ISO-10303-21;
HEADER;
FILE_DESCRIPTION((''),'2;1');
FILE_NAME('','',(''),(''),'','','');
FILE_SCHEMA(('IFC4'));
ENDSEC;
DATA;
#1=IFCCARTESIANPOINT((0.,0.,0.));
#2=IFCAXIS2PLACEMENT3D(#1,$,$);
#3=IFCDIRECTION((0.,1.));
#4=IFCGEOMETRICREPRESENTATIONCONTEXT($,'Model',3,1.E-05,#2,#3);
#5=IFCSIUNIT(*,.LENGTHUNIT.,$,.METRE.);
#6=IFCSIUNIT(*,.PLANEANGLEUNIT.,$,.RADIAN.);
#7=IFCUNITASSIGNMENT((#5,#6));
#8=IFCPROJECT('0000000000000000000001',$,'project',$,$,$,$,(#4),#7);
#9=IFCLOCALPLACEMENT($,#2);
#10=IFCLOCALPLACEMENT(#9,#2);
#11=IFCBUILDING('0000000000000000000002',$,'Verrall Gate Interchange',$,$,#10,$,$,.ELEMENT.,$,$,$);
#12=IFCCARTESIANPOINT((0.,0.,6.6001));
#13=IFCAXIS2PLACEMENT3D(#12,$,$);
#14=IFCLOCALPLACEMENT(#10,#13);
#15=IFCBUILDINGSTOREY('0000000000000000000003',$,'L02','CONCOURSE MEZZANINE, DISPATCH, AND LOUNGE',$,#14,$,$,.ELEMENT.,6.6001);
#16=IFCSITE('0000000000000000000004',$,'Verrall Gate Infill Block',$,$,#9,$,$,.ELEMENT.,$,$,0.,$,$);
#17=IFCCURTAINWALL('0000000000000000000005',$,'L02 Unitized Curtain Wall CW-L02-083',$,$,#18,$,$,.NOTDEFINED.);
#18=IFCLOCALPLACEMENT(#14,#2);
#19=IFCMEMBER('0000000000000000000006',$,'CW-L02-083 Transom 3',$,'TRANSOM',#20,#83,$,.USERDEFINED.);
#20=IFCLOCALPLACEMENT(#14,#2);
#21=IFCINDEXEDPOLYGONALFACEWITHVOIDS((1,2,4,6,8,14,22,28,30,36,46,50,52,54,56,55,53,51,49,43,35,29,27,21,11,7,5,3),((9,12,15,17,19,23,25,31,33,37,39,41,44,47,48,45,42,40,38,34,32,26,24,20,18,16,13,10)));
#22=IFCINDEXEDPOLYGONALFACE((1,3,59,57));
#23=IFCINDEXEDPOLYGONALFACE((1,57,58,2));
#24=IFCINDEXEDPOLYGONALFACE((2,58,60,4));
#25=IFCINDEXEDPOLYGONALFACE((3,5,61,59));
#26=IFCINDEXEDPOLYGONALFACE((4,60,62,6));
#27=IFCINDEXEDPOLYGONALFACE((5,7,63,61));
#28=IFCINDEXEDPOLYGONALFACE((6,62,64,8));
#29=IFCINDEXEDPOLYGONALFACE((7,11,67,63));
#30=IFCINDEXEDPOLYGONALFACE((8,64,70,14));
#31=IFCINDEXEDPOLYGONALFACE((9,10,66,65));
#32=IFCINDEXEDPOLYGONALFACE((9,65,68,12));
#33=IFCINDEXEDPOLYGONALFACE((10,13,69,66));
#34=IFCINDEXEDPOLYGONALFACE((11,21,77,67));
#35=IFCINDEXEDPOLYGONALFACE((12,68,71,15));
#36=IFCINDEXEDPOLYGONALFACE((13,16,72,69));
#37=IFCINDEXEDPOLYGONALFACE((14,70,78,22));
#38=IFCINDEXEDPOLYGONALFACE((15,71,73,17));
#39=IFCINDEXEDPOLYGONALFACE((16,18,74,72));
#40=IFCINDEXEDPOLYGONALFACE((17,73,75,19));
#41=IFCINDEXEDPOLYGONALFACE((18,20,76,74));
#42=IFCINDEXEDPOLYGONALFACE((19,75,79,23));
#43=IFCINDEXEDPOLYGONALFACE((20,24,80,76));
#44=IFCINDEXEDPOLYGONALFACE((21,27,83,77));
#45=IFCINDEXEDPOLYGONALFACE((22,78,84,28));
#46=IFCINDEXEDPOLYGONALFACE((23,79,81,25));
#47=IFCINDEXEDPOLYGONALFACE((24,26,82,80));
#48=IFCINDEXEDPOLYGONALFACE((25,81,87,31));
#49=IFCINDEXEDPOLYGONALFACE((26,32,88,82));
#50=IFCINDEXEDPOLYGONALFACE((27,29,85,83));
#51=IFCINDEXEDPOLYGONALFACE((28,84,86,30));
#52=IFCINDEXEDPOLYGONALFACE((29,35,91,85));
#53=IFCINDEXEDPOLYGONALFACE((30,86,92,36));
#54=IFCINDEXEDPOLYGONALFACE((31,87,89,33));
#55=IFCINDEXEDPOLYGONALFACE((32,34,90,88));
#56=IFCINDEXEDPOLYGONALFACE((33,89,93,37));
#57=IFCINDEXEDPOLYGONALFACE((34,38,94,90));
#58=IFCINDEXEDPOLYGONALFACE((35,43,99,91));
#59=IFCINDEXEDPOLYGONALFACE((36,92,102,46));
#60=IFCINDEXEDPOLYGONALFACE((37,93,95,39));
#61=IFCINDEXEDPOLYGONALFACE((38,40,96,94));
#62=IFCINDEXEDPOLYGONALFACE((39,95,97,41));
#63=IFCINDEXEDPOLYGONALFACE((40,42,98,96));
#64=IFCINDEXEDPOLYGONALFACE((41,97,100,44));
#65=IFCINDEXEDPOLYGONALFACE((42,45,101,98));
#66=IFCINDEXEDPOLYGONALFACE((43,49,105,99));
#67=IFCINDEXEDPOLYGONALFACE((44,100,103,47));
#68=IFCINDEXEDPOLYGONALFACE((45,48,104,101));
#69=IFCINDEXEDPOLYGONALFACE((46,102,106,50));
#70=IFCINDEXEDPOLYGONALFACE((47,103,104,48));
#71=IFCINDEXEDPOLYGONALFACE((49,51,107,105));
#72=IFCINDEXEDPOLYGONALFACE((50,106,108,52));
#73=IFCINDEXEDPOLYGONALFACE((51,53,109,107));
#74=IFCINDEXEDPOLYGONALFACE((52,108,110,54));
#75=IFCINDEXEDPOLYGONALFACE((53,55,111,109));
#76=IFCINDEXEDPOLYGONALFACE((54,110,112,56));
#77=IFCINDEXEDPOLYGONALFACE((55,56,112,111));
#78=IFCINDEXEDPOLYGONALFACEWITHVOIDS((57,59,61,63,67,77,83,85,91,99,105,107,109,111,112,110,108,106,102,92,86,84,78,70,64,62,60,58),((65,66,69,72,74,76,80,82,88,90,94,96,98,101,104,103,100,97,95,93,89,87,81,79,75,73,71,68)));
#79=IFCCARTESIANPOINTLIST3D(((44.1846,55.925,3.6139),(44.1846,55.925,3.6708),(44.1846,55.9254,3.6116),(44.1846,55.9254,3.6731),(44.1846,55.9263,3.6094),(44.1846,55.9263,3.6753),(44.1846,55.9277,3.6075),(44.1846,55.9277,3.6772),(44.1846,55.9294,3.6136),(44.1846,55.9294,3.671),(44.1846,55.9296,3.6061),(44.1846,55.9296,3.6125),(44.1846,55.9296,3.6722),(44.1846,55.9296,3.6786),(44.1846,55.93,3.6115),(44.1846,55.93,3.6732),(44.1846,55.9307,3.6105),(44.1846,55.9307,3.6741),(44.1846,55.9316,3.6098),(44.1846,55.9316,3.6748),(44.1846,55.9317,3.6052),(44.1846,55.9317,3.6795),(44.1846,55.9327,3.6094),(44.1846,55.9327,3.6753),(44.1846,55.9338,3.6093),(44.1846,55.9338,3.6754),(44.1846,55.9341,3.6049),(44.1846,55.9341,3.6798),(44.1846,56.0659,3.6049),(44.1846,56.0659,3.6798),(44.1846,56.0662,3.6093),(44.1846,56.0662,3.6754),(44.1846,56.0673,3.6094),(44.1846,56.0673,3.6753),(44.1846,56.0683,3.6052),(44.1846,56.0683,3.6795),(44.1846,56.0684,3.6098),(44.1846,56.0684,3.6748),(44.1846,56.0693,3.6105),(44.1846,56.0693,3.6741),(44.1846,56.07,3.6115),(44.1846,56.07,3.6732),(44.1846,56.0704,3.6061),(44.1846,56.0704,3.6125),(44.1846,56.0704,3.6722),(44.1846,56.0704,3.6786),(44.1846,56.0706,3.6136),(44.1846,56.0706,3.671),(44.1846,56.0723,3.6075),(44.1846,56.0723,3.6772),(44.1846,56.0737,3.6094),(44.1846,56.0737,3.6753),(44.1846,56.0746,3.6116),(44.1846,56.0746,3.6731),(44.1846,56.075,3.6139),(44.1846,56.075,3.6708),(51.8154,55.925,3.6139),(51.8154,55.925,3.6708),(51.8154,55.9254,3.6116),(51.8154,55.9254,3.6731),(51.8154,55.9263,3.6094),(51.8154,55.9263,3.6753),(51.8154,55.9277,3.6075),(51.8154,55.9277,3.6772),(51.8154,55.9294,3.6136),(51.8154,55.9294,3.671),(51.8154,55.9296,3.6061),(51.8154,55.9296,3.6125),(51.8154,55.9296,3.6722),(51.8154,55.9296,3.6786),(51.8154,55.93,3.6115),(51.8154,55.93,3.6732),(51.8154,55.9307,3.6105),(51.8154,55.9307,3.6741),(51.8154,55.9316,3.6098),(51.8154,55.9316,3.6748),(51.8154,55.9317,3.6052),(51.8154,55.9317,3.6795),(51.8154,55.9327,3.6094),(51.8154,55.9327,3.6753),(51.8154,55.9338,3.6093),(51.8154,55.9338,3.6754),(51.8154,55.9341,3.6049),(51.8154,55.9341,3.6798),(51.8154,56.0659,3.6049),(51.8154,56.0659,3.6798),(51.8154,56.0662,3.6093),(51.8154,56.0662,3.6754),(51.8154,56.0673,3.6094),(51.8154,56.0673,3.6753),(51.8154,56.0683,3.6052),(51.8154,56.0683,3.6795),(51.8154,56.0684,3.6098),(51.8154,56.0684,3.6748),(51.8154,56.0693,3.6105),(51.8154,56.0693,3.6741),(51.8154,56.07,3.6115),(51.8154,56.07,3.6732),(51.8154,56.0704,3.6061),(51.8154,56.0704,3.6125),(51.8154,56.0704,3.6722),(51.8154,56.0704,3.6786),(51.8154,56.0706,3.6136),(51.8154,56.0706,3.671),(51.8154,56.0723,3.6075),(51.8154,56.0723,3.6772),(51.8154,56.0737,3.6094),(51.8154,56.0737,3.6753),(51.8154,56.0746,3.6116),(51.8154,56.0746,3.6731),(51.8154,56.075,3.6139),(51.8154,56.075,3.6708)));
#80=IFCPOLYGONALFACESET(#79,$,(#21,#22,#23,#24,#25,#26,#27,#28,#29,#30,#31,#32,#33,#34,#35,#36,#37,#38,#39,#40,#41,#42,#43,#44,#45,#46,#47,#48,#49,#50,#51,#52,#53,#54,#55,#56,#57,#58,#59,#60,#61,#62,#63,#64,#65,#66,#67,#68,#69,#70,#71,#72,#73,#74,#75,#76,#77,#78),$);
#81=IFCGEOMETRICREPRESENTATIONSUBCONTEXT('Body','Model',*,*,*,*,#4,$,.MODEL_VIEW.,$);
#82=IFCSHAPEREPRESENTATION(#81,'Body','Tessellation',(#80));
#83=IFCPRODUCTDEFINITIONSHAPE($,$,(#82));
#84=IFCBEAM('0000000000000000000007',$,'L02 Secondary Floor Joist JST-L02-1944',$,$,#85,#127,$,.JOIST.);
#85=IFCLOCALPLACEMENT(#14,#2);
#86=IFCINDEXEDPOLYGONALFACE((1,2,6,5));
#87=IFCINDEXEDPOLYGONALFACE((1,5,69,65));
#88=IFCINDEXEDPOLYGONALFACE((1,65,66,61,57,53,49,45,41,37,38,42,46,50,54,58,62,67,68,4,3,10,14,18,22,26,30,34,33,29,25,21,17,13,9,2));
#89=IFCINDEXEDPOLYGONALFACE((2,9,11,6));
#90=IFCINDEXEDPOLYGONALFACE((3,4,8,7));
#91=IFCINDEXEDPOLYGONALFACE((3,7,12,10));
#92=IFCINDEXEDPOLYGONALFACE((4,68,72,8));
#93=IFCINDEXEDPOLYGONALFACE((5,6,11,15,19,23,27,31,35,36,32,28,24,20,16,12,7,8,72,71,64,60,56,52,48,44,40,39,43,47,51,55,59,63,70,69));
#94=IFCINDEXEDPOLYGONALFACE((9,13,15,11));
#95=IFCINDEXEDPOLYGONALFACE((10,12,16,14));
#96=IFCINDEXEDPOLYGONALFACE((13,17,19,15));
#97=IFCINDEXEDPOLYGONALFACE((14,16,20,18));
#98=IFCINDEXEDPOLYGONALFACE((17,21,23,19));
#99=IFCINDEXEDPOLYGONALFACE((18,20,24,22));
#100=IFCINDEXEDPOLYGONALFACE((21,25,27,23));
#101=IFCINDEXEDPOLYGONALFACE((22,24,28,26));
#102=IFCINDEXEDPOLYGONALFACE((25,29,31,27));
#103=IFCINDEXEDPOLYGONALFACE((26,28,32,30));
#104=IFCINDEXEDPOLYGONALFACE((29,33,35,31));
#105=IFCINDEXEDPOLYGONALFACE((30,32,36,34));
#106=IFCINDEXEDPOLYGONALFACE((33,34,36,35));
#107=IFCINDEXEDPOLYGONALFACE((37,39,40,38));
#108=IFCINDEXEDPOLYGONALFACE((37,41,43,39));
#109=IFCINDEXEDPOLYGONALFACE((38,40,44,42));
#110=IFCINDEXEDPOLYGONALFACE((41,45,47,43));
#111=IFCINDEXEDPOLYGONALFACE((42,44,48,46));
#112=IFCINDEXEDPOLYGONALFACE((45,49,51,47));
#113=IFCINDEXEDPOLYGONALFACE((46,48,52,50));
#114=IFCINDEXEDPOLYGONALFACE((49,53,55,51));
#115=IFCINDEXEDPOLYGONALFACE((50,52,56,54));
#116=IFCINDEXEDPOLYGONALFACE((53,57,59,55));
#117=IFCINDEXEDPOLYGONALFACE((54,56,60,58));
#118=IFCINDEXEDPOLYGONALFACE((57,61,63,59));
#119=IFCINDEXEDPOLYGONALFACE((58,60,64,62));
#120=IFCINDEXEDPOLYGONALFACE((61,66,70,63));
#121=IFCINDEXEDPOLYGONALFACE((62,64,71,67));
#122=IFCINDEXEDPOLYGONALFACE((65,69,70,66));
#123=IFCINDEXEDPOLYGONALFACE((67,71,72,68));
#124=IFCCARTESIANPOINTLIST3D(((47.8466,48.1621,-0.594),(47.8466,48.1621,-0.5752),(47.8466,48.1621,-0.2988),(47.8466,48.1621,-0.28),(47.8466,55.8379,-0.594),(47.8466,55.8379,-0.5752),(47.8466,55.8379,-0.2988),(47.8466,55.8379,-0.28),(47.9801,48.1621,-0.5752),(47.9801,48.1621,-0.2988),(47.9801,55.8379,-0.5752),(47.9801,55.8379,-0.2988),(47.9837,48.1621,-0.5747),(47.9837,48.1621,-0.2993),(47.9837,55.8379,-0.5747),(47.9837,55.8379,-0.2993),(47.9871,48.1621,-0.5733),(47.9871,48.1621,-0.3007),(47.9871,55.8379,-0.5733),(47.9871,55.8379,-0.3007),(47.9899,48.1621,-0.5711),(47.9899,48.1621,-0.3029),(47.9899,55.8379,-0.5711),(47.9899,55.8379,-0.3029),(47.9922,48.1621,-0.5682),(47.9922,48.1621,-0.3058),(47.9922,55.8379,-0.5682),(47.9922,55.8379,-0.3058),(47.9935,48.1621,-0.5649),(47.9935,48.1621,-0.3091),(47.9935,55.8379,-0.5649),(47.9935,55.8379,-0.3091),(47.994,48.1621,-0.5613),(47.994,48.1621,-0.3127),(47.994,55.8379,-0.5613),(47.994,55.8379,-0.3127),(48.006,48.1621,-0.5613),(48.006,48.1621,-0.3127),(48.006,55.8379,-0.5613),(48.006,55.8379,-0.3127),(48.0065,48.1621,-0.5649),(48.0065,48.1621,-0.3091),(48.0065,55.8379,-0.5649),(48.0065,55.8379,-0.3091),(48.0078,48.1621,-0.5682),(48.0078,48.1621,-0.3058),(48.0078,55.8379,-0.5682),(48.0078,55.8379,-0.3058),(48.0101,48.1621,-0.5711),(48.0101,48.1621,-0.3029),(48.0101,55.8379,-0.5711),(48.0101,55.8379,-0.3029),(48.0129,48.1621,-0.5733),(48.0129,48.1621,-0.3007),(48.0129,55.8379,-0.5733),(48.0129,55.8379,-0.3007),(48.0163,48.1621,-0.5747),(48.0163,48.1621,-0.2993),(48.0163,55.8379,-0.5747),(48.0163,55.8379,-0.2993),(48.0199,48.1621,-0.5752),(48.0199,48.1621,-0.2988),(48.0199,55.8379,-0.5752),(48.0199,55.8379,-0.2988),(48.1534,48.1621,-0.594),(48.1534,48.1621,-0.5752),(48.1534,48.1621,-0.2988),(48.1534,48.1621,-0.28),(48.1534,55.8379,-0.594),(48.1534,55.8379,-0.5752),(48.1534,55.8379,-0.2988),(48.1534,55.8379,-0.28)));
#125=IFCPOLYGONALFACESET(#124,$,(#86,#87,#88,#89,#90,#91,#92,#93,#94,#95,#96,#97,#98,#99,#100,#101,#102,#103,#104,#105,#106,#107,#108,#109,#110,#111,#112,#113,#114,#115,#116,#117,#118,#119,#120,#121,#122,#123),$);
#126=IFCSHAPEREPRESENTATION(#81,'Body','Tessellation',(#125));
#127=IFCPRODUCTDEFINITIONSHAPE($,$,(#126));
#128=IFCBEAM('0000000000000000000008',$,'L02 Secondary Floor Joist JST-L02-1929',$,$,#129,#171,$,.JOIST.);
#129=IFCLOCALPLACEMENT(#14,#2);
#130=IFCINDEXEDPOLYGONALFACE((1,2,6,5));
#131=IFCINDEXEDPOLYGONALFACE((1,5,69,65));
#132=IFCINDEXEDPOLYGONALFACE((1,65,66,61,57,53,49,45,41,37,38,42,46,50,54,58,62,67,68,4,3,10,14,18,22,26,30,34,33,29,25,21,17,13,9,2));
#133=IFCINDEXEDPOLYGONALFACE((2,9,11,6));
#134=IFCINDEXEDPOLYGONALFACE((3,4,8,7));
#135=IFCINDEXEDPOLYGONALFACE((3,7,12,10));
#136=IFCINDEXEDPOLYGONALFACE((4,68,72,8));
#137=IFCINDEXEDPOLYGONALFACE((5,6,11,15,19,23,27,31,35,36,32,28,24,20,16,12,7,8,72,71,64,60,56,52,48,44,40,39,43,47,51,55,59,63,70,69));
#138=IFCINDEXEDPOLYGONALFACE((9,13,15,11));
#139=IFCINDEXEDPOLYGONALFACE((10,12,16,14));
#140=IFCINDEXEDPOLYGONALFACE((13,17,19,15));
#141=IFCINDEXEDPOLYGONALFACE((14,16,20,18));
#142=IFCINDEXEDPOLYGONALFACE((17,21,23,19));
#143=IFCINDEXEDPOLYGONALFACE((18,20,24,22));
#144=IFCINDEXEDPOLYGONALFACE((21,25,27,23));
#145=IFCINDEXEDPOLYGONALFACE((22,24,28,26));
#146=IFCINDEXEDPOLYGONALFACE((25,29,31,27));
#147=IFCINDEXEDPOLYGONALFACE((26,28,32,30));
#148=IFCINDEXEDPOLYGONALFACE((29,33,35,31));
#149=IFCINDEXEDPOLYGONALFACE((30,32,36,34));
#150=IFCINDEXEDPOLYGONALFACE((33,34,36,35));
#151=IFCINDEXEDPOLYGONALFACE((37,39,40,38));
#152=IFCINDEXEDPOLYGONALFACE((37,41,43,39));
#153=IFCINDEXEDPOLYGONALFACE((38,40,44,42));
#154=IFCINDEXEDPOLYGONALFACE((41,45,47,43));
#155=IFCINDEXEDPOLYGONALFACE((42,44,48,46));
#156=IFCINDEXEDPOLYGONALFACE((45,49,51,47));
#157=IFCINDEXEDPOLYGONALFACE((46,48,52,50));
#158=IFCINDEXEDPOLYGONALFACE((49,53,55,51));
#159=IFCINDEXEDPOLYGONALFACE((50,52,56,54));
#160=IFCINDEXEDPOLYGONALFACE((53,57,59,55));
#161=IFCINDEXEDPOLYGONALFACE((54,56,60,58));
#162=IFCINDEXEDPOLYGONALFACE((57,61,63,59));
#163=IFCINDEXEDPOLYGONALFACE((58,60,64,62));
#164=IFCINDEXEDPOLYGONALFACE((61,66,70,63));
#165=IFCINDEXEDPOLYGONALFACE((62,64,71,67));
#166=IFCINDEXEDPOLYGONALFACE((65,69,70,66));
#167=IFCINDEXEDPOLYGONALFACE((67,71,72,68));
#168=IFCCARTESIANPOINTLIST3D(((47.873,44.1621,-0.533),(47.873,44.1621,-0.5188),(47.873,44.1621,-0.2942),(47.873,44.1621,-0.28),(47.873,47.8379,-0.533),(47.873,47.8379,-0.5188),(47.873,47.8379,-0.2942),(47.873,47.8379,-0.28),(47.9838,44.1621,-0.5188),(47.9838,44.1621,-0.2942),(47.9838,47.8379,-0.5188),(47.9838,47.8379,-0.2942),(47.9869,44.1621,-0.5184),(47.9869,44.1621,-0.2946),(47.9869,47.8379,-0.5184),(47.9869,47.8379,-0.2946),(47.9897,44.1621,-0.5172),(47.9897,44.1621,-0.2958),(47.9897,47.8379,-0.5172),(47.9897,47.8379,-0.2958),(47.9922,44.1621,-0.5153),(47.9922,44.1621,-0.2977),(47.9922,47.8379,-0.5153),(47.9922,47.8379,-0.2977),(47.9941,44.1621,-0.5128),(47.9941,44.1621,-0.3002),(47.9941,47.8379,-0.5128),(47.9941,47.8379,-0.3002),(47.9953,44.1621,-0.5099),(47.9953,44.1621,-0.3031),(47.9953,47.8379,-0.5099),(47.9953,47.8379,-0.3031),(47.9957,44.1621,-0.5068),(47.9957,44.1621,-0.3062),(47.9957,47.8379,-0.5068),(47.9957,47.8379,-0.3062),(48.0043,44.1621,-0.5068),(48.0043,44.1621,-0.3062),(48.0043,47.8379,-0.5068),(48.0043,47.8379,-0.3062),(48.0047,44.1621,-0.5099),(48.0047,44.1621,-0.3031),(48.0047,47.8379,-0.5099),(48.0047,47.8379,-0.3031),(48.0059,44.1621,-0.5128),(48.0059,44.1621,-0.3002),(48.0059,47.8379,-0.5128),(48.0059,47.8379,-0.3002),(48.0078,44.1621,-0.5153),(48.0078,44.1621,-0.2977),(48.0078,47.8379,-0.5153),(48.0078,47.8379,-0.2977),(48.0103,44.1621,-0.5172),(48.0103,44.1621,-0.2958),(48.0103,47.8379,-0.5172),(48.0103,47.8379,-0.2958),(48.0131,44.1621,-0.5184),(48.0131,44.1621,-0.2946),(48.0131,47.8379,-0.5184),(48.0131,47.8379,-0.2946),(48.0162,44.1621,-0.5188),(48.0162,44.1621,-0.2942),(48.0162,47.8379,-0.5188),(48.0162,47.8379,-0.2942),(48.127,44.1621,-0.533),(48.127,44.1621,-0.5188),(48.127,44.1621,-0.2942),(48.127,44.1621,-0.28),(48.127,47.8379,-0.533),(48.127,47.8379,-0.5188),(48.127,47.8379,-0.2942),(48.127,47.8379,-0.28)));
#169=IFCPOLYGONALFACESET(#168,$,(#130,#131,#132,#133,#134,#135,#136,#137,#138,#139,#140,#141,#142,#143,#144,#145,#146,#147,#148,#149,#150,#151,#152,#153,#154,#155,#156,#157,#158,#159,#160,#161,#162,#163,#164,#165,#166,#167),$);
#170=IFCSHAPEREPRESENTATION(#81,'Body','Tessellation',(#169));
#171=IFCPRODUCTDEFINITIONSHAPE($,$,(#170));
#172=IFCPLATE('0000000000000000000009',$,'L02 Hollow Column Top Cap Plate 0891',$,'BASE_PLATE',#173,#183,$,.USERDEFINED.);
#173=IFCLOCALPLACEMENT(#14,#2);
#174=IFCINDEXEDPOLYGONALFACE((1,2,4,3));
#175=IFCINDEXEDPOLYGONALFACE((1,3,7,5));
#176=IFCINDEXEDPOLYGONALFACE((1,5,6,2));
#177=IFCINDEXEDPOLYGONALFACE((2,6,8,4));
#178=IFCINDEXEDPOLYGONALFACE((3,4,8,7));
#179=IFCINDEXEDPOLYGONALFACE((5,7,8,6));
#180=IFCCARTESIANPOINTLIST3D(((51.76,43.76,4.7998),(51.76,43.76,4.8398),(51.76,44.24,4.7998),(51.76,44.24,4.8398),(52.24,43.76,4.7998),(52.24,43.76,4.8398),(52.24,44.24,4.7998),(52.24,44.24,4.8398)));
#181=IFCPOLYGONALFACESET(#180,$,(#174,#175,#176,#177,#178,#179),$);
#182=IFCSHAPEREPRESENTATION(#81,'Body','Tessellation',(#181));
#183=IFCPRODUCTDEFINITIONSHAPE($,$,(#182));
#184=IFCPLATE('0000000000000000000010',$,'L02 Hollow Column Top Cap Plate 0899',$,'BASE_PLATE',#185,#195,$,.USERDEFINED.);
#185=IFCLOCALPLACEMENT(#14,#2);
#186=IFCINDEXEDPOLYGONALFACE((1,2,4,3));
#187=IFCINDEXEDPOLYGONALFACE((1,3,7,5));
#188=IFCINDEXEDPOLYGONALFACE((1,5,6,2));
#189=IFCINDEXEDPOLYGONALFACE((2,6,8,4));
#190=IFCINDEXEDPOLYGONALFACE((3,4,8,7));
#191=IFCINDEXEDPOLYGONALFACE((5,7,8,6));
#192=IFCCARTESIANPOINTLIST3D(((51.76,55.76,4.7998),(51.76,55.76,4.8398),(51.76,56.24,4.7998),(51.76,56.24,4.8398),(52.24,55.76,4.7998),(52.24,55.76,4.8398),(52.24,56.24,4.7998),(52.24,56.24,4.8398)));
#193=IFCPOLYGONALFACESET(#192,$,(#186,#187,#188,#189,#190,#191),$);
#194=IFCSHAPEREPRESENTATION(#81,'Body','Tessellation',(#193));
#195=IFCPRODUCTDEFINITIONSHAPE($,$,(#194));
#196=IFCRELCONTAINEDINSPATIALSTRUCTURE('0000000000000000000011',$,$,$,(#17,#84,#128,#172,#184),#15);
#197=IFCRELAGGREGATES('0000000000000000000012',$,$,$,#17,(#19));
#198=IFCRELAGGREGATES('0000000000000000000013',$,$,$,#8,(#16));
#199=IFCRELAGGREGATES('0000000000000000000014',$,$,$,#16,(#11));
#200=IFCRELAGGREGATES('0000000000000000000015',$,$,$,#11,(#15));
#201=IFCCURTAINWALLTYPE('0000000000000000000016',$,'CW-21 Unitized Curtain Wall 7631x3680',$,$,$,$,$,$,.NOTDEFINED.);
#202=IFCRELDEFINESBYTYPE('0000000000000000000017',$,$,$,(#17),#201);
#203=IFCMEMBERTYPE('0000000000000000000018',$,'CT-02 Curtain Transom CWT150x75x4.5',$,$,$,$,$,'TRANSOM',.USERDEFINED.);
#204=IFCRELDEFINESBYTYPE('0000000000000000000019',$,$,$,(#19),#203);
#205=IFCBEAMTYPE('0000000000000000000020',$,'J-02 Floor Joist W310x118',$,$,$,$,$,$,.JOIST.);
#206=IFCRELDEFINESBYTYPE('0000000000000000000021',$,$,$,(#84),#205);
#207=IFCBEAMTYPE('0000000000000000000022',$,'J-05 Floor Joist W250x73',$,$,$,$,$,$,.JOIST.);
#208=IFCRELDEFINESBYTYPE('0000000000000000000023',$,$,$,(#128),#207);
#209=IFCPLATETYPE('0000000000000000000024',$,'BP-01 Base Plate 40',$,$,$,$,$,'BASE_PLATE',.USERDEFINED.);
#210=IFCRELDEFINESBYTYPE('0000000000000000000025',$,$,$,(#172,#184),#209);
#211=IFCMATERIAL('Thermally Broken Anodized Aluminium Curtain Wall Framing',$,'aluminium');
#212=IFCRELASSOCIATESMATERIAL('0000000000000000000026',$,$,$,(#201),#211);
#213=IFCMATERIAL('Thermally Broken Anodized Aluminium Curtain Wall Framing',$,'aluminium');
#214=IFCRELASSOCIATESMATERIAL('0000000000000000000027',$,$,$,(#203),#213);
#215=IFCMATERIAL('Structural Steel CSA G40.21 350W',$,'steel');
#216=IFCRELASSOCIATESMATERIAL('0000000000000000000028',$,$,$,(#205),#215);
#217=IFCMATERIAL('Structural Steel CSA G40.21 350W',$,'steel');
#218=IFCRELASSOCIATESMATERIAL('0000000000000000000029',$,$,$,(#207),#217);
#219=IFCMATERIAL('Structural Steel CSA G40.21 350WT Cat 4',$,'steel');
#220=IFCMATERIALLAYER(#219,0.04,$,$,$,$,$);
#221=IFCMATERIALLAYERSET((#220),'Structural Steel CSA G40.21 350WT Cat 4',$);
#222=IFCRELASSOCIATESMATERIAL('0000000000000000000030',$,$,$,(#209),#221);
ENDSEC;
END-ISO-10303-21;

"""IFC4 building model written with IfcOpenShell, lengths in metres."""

from ifc_helpers import new_model, si_unit, direction, frame, origin, origin_2d, place, context, subcontext, project, spatial, rectangle, hollow_rectangle, i_section, extrude, material, layer, layer_set, material_profile, profile_set, type_object, element, aggregate, save


model = new_model("IFC4")

# Units and contexts
model_context = context("Model", 3, precision=1e-05, world=origin(), true_north=direction((0.0, 1.0)))
body_context = subcontext(model_context, "Body", "Model", "MODEL_VIEW")
ifc_project = project(units=[si_unit("LENGTHUNIT", "METRE"), si_unit("PLANEANGLEUNIT", "RADIAN")], contexts=[model_context])

# Site, building, storey
site_placement = place(None, origin())
site = spatial("IfcSite", under=ifc_project, at=site_placement, Name="Verrall Gate Infill Block", CompositionType="ELEMENT", RefElevation=0.0)
building_placement = place(site_placement, origin())
building = spatial("IfcBuilding", under=site, at=building_placement, Name="Verrall Gate Interchange", CompositionType="ELEMENT")
storey_placement = place(building_placement, frame((0.0, 0.0, 6.6001)))
storey = spatial("IfcBuildingStorey", under=building, at=storey_placement, Name="L02", Description="CONCOURSE MEZZANINE, DISPATCH, AND LOUNGE", CompositionType="ELEMENT", Elevation=6.6001)

# Curtain wall, member
ifc_material_1 = material(Name="Thermally Broken Anodized Aluminium Curtain Wall Framing", Category="aluminium")
curtain_wall_type = type_object("IfcCurtainWallType", Name="CW-21 Unitized Curtain Wall 7631x3680", PredefinedType="NOTDEFINED", material=ifc_material_1)
curtain_wall_1_placement = place(storey_placement, origin())
curtain_wall_1 = element("IfcCurtainWall", 1, at=curtain_wall_1_placement, inside=storey, type_object=curtain_wall_type, Name="L02 Unitized Curtain Wall CW-L02-083", PredefinedType="NOTDEFINED")
ifc_material_2 = material(Name="Thermally Broken Anodized Aluminium Curtain Wall Framing", Category="aluminium")
ifc_material_profile_1 = material_profile(ifc_material_2, hollow_rectangle(XDim=0.1499, YDim=0.075, WallThickness=0.0044, InnerFilletRadius=0.0044, OuterFilletRadius=0.009, at=origin_2d()), Name="CWT150x75x4.5")
ifc_profile_set_1 = profile_set([ifc_material_profile_1], Name="Thermally Broken Anodized Aluminium Curtain Wall Framing")
member_type_1 = type_object("IfcMemberType", Name="CT-02 Curtain Transom CWT150x75x4.5", ElementType="TRANSOM", PredefinedType="USERDEFINED", material=ifc_profile_set_1)
member_1_placement = place(storey_placement, frame((51.8154, 56.0, 3.6423), z_axis=(-1.0, 0.0, 0.0), x_axis=(0.0, -1.0, 0.0)))
member_1 = element("IfcMember", 2, at=member_1_placement, type_object=member_type_1, Name="CW-L02-083 Transom 3", ObjectType="TRANSOM", PredefinedType="USERDEFINED", context=body_context, shape_type="SweptSolid", body=[
    extrude(hollow_rectangle(XDim=0.1499, YDim=0.075, WallThickness=0.0044, InnerFilletRadius=0.0044, OuterFilletRadius=0.009, at=origin_2d()), origin(), (0.0, 0.0, 1.0), 7.6309),
])

# Beams
ifc_material_3 = material(Name="Structural Steel CSA G40.21 350W", Category="steel")
ifc_material_profile_2 = material_profile(ifc_material_3, i_section(OverallWidth=0.3069, OverallDepth=0.314, WebThickness=0.012, FlangeThickness=0.0188, FilletRadius=0.0139, at=origin_2d()), Name="W310x118")
ifc_profile_set_2 = profile_set([ifc_material_profile_2], Name="Structural Steel CSA G40.21 350W")
beam_type_1 = type_object("IfcBeamType", Name="J-02 Floor Joist W310x118", PredefinedType="JOIST", material=ifc_profile_set_2)
beam_1_placement = place(storey_placement, frame((48.0, 48.1621, -0.437), z_axis=(0.0, 1.0, 0.0), x_axis=(-1.0, 0.0, 0.0)))
element("IfcBeam", 3, at=beam_1_placement, inside=storey, type_object=beam_type_1, Name="L02 Secondary Floor Joist JST-L02-1944", PredefinedType="JOIST", context=body_context, shape_type="SweptSolid", body=[
    extrude(i_section(OverallWidth=0.3069, OverallDepth=0.314, WebThickness=0.012, FlangeThickness=0.0188, FilletRadius=0.0139, at=origin_2d()), origin(), (0.0, 0.0, 1.0), 7.6758),
])
ifc_material_4 = material(Name="Structural Steel CSA G40.21 350W", Category="steel")
ifc_material_profile_3 = material_profile(ifc_material_4, i_section(OverallWidth=0.2539, OverallDepth=0.2529, WebThickness=0.0085, FlangeThickness=0.0142, FilletRadius=0.012, at=origin_2d()), Name="W250x73")
ifc_profile_set_3 = profile_set([ifc_material_profile_3], Name="Structural Steel CSA G40.21 350W")
beam_type_2 = type_object("IfcBeamType", Name="J-05 Floor Joist W250x73", PredefinedType="JOIST", material=ifc_profile_set_3)
beam_2_placement = place(storey_placement, frame((48.0, 44.1621, -0.4065), z_axis=(0.0, 1.0, 0.0), x_axis=(-1.0, 0.0, 0.0)))
element("IfcBeam", 4, at=beam_2_placement, inside=storey, type_object=beam_type_2, Name="L02 Secondary Floor Joist JST-L02-1929", PredefinedType="JOIST", context=body_context, shape_type="SweptSolid", body=[
    extrude(i_section(OverallWidth=0.2539, OverallDepth=0.2529, WebThickness=0.0085, FlangeThickness=0.0142, FilletRadius=0.012, at=origin_2d()), origin(), (0.0, 0.0, 1.0), 3.6758),
])

# Plates
ifc_material_5 = material(Name="Structural Steel CSA G40.21 350WT Cat 4", Category="steel")
ifc_layer_1 = layer(ifc_material_5, 0.04)
ifc_layer_set_1 = layer_set([ifc_layer_1], Name="Structural Steel CSA G40.21 350WT Cat 4")
plate_type_1 = type_object("IfcPlateType", Name="BP-01 Base Plate 40", ElementType="BASE_PLATE", PredefinedType="USERDEFINED", material=ifc_layer_set_1)
for number, where, z_axis, x_axis, name in (
    (5, (52.0, 44.0, 4.7998), (0.0, 0.0, 1.0), (1.0, 0.0, 0.0), "L02 Hollow Column Top Cap Plate 0891"),
    (6, (52.0, 56.0, 4.7998), (0.0, 0.0, 1.0), (1.0, 0.0, 0.0), "L02 Hollow Column Top Cap Plate 0899"),
):
    element("IfcPlate", number, at=place(storey_placement, frame(where, z_axis=z_axis, x_axis=x_axis)), inside=storey, type_object=plate_type_1, Name=name, ObjectType="BASE_PLATE", PredefinedType="USERDEFINED", context=body_context, shape_type="SweptSolid", body=[
        extrude(rectangle(XDim=0.48, YDim=0.48, at=origin_2d()), origin(), (0.0, 0.0, 1.0), 0.04),
    ])

aggregate(curtain_wall_1, [member_1])

save(model, "model.ifc")
